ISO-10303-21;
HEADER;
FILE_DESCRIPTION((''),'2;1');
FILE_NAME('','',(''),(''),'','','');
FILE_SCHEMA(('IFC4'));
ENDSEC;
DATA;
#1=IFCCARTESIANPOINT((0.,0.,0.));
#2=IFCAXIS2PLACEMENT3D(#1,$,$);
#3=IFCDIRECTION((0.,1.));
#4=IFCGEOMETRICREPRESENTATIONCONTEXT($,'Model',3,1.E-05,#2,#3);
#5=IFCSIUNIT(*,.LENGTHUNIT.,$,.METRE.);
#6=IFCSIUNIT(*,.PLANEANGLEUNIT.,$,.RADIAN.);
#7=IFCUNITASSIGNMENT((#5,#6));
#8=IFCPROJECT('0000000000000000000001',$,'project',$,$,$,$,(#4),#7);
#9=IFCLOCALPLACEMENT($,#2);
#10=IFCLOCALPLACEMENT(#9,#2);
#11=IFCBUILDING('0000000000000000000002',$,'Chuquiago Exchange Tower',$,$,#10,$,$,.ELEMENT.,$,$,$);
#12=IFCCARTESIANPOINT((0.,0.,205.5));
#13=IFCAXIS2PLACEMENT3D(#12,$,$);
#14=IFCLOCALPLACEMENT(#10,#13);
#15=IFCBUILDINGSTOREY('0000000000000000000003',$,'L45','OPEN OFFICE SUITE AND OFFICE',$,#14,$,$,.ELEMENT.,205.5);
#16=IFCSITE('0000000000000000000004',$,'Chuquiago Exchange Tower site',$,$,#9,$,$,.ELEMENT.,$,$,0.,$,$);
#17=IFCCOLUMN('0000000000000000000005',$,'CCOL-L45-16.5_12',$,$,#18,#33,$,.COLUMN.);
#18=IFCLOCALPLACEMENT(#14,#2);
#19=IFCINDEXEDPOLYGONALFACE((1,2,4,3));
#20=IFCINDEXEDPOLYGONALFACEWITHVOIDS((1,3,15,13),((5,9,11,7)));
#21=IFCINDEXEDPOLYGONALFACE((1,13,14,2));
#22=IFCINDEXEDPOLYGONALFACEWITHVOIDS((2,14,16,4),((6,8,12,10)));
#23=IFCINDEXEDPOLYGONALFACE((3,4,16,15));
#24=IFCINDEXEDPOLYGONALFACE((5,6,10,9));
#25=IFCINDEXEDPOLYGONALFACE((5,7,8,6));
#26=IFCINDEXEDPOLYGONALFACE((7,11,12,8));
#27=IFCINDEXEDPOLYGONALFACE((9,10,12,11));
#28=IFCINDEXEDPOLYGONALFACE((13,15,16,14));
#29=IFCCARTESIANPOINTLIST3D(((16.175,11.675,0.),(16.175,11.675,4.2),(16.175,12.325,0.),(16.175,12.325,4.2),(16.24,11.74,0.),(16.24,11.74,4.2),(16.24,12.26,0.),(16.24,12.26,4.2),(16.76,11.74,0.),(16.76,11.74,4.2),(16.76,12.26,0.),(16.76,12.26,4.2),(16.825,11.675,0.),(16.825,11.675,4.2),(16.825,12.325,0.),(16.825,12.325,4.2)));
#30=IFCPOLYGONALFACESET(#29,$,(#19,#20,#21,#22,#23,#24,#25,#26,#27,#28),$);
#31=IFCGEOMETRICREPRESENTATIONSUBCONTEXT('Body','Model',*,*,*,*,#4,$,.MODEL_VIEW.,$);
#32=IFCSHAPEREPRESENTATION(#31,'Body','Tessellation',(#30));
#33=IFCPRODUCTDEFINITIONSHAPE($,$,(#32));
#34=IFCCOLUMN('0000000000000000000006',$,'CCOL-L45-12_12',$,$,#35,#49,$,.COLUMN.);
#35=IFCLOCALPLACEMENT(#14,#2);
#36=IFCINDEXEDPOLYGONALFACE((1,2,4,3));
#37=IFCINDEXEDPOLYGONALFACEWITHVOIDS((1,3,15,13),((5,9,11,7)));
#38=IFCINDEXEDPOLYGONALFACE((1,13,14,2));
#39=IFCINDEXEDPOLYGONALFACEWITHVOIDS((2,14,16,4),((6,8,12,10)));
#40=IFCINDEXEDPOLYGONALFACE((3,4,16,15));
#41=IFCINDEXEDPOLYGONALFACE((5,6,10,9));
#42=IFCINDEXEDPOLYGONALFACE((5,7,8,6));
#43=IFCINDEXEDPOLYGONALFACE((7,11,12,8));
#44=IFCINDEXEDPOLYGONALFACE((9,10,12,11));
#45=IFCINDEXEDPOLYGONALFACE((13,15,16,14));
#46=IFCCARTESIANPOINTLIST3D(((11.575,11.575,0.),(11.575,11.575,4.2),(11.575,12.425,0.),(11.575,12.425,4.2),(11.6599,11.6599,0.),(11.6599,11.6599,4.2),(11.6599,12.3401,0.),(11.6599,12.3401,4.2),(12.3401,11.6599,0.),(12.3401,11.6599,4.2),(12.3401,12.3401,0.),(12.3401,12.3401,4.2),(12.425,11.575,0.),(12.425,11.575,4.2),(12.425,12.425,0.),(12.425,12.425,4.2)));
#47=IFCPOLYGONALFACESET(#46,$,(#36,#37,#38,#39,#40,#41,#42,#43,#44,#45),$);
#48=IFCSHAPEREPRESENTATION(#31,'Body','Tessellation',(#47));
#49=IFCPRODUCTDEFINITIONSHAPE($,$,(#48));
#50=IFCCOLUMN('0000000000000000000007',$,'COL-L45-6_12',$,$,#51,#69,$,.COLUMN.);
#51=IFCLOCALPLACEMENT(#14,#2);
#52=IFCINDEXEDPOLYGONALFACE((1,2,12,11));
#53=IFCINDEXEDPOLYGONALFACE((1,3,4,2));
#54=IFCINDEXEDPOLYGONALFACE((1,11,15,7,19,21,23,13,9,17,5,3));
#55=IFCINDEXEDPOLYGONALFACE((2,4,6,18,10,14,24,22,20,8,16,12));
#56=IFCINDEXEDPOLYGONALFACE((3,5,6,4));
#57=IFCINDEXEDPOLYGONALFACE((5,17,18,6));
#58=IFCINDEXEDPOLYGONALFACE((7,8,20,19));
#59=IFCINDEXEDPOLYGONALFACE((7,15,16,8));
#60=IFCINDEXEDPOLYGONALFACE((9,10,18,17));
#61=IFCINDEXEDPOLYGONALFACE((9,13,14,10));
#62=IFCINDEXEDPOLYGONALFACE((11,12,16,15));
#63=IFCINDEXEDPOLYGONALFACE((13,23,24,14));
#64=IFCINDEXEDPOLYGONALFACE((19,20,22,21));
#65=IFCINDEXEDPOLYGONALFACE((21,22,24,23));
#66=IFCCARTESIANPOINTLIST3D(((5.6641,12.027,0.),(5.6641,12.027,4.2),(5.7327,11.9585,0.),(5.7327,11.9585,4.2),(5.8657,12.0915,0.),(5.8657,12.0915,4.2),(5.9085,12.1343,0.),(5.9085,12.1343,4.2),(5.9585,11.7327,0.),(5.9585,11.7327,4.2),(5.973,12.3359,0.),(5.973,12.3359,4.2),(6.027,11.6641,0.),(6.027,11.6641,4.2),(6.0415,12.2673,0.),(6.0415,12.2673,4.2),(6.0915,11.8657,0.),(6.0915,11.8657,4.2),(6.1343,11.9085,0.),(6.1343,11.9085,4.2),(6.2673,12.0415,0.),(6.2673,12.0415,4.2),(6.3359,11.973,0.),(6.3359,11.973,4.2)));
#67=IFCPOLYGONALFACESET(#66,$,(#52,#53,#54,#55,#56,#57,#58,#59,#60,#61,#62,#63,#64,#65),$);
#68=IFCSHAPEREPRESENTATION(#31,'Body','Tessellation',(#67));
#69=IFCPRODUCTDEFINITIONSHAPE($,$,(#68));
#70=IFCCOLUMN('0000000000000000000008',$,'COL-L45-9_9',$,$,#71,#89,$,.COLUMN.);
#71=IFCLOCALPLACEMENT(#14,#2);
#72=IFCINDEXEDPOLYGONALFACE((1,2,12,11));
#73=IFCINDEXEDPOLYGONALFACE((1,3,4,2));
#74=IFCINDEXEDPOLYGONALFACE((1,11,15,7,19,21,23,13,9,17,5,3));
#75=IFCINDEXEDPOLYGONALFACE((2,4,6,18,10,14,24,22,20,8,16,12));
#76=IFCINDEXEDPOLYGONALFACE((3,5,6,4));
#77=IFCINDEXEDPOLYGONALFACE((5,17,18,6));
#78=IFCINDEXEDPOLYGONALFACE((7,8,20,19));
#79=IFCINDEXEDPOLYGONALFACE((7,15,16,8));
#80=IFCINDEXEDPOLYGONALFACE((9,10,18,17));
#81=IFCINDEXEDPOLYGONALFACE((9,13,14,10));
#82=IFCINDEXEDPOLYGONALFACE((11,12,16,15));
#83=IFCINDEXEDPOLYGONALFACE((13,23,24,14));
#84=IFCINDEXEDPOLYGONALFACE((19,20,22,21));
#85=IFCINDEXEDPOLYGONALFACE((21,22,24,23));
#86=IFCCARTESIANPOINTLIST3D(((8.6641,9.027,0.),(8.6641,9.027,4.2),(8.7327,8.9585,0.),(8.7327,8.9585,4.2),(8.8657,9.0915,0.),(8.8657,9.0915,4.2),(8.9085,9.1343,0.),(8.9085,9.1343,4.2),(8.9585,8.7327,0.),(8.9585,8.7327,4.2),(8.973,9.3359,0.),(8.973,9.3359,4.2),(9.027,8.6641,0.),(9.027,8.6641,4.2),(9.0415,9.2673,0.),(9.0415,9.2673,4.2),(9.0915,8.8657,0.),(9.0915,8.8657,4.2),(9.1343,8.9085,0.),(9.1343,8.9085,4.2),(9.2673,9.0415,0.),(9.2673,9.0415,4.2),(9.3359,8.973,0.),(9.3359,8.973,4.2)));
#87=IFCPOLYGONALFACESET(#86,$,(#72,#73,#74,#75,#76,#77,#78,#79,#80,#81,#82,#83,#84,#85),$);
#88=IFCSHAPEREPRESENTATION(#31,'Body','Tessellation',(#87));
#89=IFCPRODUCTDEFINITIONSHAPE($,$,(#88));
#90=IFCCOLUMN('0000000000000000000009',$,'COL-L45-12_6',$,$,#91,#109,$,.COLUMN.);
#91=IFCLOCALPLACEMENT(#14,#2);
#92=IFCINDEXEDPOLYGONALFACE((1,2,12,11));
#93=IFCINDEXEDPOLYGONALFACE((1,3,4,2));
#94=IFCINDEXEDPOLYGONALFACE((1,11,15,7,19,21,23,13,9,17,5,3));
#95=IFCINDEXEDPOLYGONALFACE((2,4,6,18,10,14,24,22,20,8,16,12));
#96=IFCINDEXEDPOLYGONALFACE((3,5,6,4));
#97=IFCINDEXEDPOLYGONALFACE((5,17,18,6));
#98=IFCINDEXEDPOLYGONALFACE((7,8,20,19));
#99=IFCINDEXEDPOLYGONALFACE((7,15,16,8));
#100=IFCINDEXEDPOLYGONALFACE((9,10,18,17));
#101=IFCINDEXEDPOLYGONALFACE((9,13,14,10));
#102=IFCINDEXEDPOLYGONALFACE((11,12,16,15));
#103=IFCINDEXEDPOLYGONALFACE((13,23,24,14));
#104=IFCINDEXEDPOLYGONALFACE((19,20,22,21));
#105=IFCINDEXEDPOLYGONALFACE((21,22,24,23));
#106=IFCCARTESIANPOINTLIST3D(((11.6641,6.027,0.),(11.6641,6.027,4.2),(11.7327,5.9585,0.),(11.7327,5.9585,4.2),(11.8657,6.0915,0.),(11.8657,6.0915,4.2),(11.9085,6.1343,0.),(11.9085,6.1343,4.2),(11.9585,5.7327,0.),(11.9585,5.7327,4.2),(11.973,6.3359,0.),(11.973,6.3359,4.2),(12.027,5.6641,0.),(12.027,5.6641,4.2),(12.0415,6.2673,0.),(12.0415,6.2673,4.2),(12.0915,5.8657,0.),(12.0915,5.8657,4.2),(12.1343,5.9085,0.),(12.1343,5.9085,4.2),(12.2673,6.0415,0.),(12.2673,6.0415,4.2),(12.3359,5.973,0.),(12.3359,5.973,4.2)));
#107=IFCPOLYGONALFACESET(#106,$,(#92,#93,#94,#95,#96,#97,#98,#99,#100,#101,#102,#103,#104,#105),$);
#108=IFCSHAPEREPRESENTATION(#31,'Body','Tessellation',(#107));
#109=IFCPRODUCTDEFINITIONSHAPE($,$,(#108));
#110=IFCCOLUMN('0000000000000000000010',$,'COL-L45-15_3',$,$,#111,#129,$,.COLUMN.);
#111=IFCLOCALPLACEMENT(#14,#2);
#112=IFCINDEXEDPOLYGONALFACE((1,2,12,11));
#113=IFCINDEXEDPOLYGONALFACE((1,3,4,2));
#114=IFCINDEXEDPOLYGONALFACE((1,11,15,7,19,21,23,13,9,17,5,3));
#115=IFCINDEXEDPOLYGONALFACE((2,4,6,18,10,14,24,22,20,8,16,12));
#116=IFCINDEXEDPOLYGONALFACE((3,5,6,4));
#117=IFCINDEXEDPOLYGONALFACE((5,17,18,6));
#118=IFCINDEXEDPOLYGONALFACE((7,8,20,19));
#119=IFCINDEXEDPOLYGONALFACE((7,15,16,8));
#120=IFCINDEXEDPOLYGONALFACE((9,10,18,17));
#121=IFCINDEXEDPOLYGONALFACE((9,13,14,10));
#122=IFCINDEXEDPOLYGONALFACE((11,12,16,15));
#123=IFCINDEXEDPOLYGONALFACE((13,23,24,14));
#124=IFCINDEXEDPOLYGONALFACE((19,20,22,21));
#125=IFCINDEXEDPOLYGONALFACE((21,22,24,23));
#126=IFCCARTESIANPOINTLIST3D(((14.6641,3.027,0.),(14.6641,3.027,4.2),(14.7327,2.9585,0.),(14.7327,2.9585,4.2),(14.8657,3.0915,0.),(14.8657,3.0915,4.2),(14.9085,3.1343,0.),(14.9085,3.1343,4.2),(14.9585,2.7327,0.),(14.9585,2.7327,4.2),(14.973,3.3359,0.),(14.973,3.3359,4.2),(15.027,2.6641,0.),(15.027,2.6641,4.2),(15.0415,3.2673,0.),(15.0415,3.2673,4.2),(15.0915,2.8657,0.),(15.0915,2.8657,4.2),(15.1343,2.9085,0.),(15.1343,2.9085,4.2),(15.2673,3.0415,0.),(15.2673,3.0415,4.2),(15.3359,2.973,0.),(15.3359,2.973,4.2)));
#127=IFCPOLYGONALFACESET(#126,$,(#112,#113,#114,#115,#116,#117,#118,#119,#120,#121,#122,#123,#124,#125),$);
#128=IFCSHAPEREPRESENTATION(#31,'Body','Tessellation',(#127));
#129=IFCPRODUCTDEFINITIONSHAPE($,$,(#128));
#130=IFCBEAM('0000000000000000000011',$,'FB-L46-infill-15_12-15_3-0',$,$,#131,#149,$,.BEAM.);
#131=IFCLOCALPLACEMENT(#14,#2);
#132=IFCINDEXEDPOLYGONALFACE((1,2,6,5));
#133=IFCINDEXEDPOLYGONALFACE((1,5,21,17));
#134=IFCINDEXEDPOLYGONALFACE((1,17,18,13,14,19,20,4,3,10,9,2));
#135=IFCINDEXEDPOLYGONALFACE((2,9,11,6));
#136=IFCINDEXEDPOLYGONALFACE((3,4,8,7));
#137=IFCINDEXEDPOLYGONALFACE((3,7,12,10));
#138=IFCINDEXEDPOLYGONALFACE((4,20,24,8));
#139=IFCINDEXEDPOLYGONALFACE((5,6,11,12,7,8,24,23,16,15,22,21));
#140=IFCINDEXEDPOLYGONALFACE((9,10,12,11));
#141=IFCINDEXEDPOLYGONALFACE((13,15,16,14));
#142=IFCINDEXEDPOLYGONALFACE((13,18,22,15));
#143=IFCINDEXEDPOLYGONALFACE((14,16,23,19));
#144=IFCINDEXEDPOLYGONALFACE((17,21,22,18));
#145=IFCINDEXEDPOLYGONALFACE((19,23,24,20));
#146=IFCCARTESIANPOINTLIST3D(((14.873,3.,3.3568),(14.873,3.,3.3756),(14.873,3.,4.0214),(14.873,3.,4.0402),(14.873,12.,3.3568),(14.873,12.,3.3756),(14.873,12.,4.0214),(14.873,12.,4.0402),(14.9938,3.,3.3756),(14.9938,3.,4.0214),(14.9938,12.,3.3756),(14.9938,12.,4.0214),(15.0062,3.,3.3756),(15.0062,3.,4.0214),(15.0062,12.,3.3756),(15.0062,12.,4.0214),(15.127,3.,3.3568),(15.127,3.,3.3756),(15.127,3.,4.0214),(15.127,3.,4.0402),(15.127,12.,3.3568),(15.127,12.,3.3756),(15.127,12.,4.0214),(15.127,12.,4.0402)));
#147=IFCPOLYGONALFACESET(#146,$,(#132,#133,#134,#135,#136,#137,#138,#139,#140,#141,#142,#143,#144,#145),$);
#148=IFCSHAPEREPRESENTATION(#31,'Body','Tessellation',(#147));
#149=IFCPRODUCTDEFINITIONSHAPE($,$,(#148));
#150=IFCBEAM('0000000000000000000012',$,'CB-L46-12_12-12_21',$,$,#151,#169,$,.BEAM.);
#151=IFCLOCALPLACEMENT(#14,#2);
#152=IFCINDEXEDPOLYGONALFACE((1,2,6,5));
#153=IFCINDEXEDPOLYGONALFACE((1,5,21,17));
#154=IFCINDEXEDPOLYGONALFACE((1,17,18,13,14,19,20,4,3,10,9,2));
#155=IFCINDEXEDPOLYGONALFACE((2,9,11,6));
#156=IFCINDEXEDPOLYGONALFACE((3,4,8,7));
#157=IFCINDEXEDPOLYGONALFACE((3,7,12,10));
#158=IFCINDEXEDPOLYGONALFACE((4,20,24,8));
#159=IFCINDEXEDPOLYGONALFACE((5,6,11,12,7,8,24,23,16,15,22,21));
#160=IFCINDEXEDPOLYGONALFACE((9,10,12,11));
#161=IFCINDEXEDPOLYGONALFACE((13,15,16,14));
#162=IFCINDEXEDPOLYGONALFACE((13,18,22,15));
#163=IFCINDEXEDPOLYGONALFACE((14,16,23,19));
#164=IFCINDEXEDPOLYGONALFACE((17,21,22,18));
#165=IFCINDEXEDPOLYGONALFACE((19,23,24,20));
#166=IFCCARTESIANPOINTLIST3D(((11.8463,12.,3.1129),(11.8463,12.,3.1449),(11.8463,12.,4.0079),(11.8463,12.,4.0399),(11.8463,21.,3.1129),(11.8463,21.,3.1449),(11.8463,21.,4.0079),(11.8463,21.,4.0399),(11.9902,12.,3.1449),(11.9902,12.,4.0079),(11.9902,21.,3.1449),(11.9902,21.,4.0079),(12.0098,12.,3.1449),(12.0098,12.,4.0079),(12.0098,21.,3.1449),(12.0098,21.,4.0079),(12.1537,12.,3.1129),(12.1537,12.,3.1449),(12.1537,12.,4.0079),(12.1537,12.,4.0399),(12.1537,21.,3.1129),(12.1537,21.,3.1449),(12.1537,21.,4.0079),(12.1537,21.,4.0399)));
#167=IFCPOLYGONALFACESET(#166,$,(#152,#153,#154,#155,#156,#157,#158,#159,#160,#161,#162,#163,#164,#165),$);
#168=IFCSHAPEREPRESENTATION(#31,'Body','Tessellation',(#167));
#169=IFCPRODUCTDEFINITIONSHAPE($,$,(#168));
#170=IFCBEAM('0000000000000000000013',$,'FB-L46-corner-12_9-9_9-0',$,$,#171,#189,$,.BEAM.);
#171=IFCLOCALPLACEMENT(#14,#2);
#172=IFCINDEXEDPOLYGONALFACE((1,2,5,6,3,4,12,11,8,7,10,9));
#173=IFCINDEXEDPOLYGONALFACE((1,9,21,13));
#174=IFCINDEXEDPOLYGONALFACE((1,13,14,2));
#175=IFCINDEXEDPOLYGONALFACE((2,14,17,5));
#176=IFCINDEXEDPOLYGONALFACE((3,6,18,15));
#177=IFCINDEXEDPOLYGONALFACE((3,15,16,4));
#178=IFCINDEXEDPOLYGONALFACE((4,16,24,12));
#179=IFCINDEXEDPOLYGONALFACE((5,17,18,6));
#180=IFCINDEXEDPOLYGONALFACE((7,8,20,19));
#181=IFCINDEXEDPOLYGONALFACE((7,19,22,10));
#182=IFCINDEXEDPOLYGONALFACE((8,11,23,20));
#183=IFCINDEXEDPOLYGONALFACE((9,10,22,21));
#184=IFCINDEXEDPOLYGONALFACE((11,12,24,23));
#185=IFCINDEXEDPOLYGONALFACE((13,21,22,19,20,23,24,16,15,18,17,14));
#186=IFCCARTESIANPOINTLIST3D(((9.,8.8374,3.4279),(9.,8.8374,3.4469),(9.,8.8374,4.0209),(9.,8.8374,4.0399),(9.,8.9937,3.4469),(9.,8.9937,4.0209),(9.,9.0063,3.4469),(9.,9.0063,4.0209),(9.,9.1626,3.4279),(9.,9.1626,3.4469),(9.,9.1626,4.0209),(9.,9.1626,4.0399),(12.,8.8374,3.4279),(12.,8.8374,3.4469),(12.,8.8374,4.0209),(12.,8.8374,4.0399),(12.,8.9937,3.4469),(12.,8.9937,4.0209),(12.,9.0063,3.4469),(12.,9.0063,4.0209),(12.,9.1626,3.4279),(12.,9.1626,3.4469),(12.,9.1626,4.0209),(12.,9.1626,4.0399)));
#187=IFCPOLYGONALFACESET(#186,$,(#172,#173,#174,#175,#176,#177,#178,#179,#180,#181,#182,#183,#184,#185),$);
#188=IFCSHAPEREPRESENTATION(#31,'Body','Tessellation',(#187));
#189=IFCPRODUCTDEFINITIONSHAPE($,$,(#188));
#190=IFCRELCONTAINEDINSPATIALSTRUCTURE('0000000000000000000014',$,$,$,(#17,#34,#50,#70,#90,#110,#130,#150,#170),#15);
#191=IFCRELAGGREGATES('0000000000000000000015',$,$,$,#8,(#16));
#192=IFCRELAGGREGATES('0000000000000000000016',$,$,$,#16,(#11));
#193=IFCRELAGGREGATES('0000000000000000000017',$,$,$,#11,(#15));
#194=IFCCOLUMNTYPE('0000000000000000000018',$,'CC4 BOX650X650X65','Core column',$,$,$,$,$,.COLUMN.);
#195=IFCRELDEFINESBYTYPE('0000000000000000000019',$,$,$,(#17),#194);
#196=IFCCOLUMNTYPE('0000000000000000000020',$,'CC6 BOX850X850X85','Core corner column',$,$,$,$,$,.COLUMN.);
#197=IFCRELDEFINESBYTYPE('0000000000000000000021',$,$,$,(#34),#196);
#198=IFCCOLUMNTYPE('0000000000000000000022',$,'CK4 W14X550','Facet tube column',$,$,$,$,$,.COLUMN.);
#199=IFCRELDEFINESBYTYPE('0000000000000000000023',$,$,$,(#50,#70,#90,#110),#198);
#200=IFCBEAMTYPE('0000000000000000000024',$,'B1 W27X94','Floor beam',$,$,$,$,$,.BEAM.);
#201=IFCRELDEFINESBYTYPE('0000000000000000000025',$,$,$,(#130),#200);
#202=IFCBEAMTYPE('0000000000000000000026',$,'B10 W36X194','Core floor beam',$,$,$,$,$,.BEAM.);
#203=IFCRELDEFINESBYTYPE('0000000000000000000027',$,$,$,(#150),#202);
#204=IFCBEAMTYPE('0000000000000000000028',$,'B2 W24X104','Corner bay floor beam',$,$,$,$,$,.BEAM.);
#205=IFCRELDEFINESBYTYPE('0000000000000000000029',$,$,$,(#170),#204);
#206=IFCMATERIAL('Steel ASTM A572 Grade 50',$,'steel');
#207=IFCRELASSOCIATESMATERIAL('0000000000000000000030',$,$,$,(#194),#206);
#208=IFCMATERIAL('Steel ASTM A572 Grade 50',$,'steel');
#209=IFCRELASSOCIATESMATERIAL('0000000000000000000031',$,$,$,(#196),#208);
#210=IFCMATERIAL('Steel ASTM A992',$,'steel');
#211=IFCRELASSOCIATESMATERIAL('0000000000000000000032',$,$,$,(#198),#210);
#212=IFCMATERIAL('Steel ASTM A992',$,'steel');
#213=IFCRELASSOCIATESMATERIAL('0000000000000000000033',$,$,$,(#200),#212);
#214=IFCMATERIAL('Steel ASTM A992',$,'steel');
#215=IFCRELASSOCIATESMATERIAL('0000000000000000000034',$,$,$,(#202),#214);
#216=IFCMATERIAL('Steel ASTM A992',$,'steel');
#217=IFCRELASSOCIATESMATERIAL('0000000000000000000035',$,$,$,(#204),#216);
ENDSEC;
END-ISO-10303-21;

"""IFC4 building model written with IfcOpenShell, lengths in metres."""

from ifc_helpers import new_model, si_unit, direction, frame, origin, origin_2d, place, context, subcontext, project, spatial, hollow_rectangle, i_section, extrude, material, material_profile, profile_set, type_object, element, save


model = new_model("IFC4")

# Units and contexts
model_context = context("Model", 3, precision=1e-05, world=origin(), true_north=direction((0.0, 1.0)))
body_context = subcontext(model_context, "Body", "Model", "MODEL_VIEW")
ifc_project = project(units=[si_unit("LENGTHUNIT", "METRE"), si_unit("PLANEANGLEUNIT", "RADIAN")], contexts=[model_context])

# Site, building, storey
site_placement = place(None, origin())
site = spatial("IfcSite", under=ifc_project, at=site_placement, Name="Chuquiago Exchange Tower site", CompositionType="ELEMENT", RefElevation=0.0)
building_placement = place(site_placement, origin())
building = spatial("IfcBuilding", under=site, at=building_placement, Name="Chuquiago Exchange Tower", CompositionType="ELEMENT")
storey_placement = place(building_placement, frame((0.0, 0.0, 205.5)))
storey = spatial("IfcBuildingStorey", under=building, at=storey_placement, Name="L45", Description="OPEN OFFICE SUITE AND OFFICE", CompositionType="ELEMENT", Elevation=205.5)

# Columns
ifc_material_1 = material(Name="Steel ASTM A572 Grade 50", Category="steel")
ifc_material_profile_1 = material_profile(ifc_material_1, hollow_rectangle(XDim=0.6499, YDim=0.6499, WallThickness=0.0649, at=origin_2d()), Name="BOX650X650X65")
ifc_profile_set_1 = profile_set([ifc_material_profile_1], Name="Steel ASTM A572 Grade 50")
column_type_1 = type_object("IfcColumnType", Name="CC4 BOX650X650X65", Description="Core column", PredefinedType="COLUMN", material=ifc_profile_set_1)
column_1_placement = place(storey_placement, frame((16.5, 12.0, 0.0), z_axis=(0.0, 0.0, 1.0), x_axis=(1.0, 0.0, 0.0)))
element("IfcColumn", 1, at=column_1_placement, inside=storey, type_object=column_type_1, Name="CCOL-L45-16.5_12", PredefinedType="COLUMN", context=body_context, shape_type="SweptSolid", body=[
    extrude(hollow_rectangle(XDim=0.6499, YDim=0.6499, WallThickness=0.0649, at=origin_2d()), origin(), (0.0, 0.0, 1.0), 4.2),
])
ifc_material_2 = material(Name="Steel ASTM A572 Grade 50", Category="steel")
ifc_material_profile_2 = material_profile(ifc_material_2, hollow_rectangle(XDim=0.8501, YDim=0.8501, WallThickness=0.085, at=origin_2d()), Name="BOX850X850X85")
ifc_profile_set_2 = profile_set([ifc_material_profile_2], Name="Steel ASTM A572 Grade 50")
column_type_2 = type_object("IfcColumnType", Name="CC6 BOX850X850X85", Description="Core corner column", PredefinedType="COLUMN", material=ifc_profile_set_2)
column_2_placement = place(storey_placement, frame((12.0, 12.0, 0.0), z_axis=(0.0, 0.0, 1.0), x_axis=(1.0, 0.0, 0.0)))
element("IfcColumn", 2, at=column_2_placement, inside=storey, type_object=column_type_2, Name="CCOL-L45-12_12", PredefinedType="COLUMN", context=body_context, shape_type="SweptSolid", body=[
    extrude(hollow_rectangle(XDim=0.8501, YDim=0.8501, WallThickness=0.085, at=origin_2d()), origin(), (0.0, 0.0, 1.0), 4.2),
])
ifc_material_3 = material(Name="Steel ASTM A992", Category="steel")
ifc_material_profile_3 = material_profile(ifc_material_3, i_section(OverallWidth=0.4368, OverallDepth=0.5132, WebThickness=0.0605, FlangeThickness=0.0969, at=origin_2d()), Name="W14X550")
ifc_profile_set_3 = profile_set([ifc_material_profile_3], Name="Steel ASTM A992")
column_type_3 = type_object("IfcColumnType", Name="CK4 W14X550", Description="Facet tube column", PredefinedType="COLUMN", material=ifc_profile_set_3)
for number, where, z_axis, x_axis, name in (
    (3, (6.0, 12.0, 0.0), (0.0, 0.0, 1.0), (-0.707107, -0.707107, 0.0), "COL-L45-6_12"),
    (4, (9.0, 9.0, 0.0), (0.0, 0.0, 1.0), (-0.707107, -0.707107, 0.0), "COL-L45-9_9"),
    (5, (12.0, 6.0, 0.0), (0.0, 0.0, 1.0), (-0.707107, -0.707107, 0.0), "COL-L45-12_6"),
    (6, (15.0, 3.0, 0.0), (0.0, 0.0, 1.0), (-0.707107, -0.707107, 0.0), "COL-L45-15_3"),
):
    element("IfcColumn", number, at=place(storey_placement, frame(where, z_axis=z_axis, x_axis=x_axis)), inside=storey, type_object=column_type_3, Name=name, PredefinedType="COLUMN", context=body_context, shape_type="SweptSolid", body=[
        extrude(i_section(OverallWidth=0.4368, OverallDepth=0.5132, WebThickness=0.0605, FlangeThickness=0.0969, at=origin_2d()), origin(), (0.0, 0.0, 1.0), 4.2),
    ])

# Beams
ifc_material_4 = material(Name="Steel ASTM A992", Category="steel")
ifc_material_profile_4 = material_profile(ifc_material_4, i_section(OverallWidth=0.2539, OverallDepth=0.6833, WebThickness=0.0125, FlangeThickness=0.0188, at=origin_2d()), Name="W27X94")
ifc_profile_set_4 = profile_set([ifc_material_profile_4], Name="Steel ASTM A992")
beam_type_1 = type_object("IfcBeamType", Name="B1 W27X94", Description="Floor beam", PredefinedType="BEAM", material=ifc_profile_set_4)
beam_1_placement = place(storey_placement, frame((15.0, 12.0, 3.6985), z_axis=(0.0, -1.0, 0.0), x_axis=(1.0, 0.0, 0.0)))
element("IfcBeam", 7, at=beam_1_placement, inside=storey, type_object=beam_type_1, Name="FB-L46-infill-15_12-15_3-0", PredefinedType="BEAM", context=body_context, shape_type="SweptSolid", body=[
    extrude(i_section(OverallWidth=0.2539, OverallDepth=0.6833, WebThickness=0.0125, FlangeThickness=0.0188, at=origin_2d()), origin(), (0.0, 0.0, 1.0), 9.0),
])
ifc_material_5 = material(Name="Steel ASTM A992", Category="steel")
ifc_material_profile_5 = material_profile(ifc_material_5, i_section(OverallWidth=0.3074, OverallDepth=0.927, WebThickness=0.0195, FlangeThickness=0.032, at=origin_2d()), Name="W36X194")
ifc_profile_set_5 = profile_set([ifc_material_profile_5], Name="Steel ASTM A992")
beam_type_2 = type_object("IfcBeamType", Name="B10 W36X194", Description="Core floor beam", PredefinedType="BEAM", material=ifc_profile_set_5)
beam_2_placement = place(storey_placement, frame((12.0, 12.0, 3.5764), z_axis=(0.0, 1.0, 0.0), x_axis=(-1.0, 0.0, 0.0)))
element("IfcBeam", 8, at=beam_2_placement, inside=storey, type_object=beam_type_2, Name="CB-L46-12_12-12_21", PredefinedType="BEAM", context=body_context, shape_type="SweptSolid", body=[
    extrude(i_section(OverallWidth=0.3074, OverallDepth=0.927, WebThickness=0.0195, FlangeThickness=0.032, at=origin_2d()), origin(), (0.0, 0.0, 1.0), 9.0),
])
ifc_material_6 = material(Name="Steel ASTM A992", Category="steel")
ifc_material_profile_6 = material_profile(ifc_material_6, i_section(OverallWidth=0.3252, OverallDepth=0.6121, WebThickness=0.0127, FlangeThickness=0.019, at=origin_2d()), Name="W24X104")
ifc_profile_set_6 = profile_set([ifc_material_profile_6], Name="Steel ASTM A992")
beam_type_3 = type_object("IfcBeamType", Name="B2 W24X104", Description="Corner bay floor beam", PredefinedType="BEAM", material=ifc_profile_set_6)
beam_3_placement = place(storey_placement, frame((12.0, 9.0, 3.7339), z_axis=(-1.0, 0.0, 0.0), x_axis=(0.0, -1.0, 0.0)))
element("IfcBeam", 9, at=beam_3_placement, inside=storey, type_object=beam_type_3, Name="FB-L46-corner-12_9-9_9-0", PredefinedType="BEAM", context=body_context, shape_type="SweptSolid", body=[
    extrude(i_section(OverallWidth=0.3252, OverallDepth=0.6121, WebThickness=0.0127, FlangeThickness=0.019, at=origin_2d()), origin(), (0.0, 0.0, 1.0), 3.0),
])

save(model, "model.ifc")
